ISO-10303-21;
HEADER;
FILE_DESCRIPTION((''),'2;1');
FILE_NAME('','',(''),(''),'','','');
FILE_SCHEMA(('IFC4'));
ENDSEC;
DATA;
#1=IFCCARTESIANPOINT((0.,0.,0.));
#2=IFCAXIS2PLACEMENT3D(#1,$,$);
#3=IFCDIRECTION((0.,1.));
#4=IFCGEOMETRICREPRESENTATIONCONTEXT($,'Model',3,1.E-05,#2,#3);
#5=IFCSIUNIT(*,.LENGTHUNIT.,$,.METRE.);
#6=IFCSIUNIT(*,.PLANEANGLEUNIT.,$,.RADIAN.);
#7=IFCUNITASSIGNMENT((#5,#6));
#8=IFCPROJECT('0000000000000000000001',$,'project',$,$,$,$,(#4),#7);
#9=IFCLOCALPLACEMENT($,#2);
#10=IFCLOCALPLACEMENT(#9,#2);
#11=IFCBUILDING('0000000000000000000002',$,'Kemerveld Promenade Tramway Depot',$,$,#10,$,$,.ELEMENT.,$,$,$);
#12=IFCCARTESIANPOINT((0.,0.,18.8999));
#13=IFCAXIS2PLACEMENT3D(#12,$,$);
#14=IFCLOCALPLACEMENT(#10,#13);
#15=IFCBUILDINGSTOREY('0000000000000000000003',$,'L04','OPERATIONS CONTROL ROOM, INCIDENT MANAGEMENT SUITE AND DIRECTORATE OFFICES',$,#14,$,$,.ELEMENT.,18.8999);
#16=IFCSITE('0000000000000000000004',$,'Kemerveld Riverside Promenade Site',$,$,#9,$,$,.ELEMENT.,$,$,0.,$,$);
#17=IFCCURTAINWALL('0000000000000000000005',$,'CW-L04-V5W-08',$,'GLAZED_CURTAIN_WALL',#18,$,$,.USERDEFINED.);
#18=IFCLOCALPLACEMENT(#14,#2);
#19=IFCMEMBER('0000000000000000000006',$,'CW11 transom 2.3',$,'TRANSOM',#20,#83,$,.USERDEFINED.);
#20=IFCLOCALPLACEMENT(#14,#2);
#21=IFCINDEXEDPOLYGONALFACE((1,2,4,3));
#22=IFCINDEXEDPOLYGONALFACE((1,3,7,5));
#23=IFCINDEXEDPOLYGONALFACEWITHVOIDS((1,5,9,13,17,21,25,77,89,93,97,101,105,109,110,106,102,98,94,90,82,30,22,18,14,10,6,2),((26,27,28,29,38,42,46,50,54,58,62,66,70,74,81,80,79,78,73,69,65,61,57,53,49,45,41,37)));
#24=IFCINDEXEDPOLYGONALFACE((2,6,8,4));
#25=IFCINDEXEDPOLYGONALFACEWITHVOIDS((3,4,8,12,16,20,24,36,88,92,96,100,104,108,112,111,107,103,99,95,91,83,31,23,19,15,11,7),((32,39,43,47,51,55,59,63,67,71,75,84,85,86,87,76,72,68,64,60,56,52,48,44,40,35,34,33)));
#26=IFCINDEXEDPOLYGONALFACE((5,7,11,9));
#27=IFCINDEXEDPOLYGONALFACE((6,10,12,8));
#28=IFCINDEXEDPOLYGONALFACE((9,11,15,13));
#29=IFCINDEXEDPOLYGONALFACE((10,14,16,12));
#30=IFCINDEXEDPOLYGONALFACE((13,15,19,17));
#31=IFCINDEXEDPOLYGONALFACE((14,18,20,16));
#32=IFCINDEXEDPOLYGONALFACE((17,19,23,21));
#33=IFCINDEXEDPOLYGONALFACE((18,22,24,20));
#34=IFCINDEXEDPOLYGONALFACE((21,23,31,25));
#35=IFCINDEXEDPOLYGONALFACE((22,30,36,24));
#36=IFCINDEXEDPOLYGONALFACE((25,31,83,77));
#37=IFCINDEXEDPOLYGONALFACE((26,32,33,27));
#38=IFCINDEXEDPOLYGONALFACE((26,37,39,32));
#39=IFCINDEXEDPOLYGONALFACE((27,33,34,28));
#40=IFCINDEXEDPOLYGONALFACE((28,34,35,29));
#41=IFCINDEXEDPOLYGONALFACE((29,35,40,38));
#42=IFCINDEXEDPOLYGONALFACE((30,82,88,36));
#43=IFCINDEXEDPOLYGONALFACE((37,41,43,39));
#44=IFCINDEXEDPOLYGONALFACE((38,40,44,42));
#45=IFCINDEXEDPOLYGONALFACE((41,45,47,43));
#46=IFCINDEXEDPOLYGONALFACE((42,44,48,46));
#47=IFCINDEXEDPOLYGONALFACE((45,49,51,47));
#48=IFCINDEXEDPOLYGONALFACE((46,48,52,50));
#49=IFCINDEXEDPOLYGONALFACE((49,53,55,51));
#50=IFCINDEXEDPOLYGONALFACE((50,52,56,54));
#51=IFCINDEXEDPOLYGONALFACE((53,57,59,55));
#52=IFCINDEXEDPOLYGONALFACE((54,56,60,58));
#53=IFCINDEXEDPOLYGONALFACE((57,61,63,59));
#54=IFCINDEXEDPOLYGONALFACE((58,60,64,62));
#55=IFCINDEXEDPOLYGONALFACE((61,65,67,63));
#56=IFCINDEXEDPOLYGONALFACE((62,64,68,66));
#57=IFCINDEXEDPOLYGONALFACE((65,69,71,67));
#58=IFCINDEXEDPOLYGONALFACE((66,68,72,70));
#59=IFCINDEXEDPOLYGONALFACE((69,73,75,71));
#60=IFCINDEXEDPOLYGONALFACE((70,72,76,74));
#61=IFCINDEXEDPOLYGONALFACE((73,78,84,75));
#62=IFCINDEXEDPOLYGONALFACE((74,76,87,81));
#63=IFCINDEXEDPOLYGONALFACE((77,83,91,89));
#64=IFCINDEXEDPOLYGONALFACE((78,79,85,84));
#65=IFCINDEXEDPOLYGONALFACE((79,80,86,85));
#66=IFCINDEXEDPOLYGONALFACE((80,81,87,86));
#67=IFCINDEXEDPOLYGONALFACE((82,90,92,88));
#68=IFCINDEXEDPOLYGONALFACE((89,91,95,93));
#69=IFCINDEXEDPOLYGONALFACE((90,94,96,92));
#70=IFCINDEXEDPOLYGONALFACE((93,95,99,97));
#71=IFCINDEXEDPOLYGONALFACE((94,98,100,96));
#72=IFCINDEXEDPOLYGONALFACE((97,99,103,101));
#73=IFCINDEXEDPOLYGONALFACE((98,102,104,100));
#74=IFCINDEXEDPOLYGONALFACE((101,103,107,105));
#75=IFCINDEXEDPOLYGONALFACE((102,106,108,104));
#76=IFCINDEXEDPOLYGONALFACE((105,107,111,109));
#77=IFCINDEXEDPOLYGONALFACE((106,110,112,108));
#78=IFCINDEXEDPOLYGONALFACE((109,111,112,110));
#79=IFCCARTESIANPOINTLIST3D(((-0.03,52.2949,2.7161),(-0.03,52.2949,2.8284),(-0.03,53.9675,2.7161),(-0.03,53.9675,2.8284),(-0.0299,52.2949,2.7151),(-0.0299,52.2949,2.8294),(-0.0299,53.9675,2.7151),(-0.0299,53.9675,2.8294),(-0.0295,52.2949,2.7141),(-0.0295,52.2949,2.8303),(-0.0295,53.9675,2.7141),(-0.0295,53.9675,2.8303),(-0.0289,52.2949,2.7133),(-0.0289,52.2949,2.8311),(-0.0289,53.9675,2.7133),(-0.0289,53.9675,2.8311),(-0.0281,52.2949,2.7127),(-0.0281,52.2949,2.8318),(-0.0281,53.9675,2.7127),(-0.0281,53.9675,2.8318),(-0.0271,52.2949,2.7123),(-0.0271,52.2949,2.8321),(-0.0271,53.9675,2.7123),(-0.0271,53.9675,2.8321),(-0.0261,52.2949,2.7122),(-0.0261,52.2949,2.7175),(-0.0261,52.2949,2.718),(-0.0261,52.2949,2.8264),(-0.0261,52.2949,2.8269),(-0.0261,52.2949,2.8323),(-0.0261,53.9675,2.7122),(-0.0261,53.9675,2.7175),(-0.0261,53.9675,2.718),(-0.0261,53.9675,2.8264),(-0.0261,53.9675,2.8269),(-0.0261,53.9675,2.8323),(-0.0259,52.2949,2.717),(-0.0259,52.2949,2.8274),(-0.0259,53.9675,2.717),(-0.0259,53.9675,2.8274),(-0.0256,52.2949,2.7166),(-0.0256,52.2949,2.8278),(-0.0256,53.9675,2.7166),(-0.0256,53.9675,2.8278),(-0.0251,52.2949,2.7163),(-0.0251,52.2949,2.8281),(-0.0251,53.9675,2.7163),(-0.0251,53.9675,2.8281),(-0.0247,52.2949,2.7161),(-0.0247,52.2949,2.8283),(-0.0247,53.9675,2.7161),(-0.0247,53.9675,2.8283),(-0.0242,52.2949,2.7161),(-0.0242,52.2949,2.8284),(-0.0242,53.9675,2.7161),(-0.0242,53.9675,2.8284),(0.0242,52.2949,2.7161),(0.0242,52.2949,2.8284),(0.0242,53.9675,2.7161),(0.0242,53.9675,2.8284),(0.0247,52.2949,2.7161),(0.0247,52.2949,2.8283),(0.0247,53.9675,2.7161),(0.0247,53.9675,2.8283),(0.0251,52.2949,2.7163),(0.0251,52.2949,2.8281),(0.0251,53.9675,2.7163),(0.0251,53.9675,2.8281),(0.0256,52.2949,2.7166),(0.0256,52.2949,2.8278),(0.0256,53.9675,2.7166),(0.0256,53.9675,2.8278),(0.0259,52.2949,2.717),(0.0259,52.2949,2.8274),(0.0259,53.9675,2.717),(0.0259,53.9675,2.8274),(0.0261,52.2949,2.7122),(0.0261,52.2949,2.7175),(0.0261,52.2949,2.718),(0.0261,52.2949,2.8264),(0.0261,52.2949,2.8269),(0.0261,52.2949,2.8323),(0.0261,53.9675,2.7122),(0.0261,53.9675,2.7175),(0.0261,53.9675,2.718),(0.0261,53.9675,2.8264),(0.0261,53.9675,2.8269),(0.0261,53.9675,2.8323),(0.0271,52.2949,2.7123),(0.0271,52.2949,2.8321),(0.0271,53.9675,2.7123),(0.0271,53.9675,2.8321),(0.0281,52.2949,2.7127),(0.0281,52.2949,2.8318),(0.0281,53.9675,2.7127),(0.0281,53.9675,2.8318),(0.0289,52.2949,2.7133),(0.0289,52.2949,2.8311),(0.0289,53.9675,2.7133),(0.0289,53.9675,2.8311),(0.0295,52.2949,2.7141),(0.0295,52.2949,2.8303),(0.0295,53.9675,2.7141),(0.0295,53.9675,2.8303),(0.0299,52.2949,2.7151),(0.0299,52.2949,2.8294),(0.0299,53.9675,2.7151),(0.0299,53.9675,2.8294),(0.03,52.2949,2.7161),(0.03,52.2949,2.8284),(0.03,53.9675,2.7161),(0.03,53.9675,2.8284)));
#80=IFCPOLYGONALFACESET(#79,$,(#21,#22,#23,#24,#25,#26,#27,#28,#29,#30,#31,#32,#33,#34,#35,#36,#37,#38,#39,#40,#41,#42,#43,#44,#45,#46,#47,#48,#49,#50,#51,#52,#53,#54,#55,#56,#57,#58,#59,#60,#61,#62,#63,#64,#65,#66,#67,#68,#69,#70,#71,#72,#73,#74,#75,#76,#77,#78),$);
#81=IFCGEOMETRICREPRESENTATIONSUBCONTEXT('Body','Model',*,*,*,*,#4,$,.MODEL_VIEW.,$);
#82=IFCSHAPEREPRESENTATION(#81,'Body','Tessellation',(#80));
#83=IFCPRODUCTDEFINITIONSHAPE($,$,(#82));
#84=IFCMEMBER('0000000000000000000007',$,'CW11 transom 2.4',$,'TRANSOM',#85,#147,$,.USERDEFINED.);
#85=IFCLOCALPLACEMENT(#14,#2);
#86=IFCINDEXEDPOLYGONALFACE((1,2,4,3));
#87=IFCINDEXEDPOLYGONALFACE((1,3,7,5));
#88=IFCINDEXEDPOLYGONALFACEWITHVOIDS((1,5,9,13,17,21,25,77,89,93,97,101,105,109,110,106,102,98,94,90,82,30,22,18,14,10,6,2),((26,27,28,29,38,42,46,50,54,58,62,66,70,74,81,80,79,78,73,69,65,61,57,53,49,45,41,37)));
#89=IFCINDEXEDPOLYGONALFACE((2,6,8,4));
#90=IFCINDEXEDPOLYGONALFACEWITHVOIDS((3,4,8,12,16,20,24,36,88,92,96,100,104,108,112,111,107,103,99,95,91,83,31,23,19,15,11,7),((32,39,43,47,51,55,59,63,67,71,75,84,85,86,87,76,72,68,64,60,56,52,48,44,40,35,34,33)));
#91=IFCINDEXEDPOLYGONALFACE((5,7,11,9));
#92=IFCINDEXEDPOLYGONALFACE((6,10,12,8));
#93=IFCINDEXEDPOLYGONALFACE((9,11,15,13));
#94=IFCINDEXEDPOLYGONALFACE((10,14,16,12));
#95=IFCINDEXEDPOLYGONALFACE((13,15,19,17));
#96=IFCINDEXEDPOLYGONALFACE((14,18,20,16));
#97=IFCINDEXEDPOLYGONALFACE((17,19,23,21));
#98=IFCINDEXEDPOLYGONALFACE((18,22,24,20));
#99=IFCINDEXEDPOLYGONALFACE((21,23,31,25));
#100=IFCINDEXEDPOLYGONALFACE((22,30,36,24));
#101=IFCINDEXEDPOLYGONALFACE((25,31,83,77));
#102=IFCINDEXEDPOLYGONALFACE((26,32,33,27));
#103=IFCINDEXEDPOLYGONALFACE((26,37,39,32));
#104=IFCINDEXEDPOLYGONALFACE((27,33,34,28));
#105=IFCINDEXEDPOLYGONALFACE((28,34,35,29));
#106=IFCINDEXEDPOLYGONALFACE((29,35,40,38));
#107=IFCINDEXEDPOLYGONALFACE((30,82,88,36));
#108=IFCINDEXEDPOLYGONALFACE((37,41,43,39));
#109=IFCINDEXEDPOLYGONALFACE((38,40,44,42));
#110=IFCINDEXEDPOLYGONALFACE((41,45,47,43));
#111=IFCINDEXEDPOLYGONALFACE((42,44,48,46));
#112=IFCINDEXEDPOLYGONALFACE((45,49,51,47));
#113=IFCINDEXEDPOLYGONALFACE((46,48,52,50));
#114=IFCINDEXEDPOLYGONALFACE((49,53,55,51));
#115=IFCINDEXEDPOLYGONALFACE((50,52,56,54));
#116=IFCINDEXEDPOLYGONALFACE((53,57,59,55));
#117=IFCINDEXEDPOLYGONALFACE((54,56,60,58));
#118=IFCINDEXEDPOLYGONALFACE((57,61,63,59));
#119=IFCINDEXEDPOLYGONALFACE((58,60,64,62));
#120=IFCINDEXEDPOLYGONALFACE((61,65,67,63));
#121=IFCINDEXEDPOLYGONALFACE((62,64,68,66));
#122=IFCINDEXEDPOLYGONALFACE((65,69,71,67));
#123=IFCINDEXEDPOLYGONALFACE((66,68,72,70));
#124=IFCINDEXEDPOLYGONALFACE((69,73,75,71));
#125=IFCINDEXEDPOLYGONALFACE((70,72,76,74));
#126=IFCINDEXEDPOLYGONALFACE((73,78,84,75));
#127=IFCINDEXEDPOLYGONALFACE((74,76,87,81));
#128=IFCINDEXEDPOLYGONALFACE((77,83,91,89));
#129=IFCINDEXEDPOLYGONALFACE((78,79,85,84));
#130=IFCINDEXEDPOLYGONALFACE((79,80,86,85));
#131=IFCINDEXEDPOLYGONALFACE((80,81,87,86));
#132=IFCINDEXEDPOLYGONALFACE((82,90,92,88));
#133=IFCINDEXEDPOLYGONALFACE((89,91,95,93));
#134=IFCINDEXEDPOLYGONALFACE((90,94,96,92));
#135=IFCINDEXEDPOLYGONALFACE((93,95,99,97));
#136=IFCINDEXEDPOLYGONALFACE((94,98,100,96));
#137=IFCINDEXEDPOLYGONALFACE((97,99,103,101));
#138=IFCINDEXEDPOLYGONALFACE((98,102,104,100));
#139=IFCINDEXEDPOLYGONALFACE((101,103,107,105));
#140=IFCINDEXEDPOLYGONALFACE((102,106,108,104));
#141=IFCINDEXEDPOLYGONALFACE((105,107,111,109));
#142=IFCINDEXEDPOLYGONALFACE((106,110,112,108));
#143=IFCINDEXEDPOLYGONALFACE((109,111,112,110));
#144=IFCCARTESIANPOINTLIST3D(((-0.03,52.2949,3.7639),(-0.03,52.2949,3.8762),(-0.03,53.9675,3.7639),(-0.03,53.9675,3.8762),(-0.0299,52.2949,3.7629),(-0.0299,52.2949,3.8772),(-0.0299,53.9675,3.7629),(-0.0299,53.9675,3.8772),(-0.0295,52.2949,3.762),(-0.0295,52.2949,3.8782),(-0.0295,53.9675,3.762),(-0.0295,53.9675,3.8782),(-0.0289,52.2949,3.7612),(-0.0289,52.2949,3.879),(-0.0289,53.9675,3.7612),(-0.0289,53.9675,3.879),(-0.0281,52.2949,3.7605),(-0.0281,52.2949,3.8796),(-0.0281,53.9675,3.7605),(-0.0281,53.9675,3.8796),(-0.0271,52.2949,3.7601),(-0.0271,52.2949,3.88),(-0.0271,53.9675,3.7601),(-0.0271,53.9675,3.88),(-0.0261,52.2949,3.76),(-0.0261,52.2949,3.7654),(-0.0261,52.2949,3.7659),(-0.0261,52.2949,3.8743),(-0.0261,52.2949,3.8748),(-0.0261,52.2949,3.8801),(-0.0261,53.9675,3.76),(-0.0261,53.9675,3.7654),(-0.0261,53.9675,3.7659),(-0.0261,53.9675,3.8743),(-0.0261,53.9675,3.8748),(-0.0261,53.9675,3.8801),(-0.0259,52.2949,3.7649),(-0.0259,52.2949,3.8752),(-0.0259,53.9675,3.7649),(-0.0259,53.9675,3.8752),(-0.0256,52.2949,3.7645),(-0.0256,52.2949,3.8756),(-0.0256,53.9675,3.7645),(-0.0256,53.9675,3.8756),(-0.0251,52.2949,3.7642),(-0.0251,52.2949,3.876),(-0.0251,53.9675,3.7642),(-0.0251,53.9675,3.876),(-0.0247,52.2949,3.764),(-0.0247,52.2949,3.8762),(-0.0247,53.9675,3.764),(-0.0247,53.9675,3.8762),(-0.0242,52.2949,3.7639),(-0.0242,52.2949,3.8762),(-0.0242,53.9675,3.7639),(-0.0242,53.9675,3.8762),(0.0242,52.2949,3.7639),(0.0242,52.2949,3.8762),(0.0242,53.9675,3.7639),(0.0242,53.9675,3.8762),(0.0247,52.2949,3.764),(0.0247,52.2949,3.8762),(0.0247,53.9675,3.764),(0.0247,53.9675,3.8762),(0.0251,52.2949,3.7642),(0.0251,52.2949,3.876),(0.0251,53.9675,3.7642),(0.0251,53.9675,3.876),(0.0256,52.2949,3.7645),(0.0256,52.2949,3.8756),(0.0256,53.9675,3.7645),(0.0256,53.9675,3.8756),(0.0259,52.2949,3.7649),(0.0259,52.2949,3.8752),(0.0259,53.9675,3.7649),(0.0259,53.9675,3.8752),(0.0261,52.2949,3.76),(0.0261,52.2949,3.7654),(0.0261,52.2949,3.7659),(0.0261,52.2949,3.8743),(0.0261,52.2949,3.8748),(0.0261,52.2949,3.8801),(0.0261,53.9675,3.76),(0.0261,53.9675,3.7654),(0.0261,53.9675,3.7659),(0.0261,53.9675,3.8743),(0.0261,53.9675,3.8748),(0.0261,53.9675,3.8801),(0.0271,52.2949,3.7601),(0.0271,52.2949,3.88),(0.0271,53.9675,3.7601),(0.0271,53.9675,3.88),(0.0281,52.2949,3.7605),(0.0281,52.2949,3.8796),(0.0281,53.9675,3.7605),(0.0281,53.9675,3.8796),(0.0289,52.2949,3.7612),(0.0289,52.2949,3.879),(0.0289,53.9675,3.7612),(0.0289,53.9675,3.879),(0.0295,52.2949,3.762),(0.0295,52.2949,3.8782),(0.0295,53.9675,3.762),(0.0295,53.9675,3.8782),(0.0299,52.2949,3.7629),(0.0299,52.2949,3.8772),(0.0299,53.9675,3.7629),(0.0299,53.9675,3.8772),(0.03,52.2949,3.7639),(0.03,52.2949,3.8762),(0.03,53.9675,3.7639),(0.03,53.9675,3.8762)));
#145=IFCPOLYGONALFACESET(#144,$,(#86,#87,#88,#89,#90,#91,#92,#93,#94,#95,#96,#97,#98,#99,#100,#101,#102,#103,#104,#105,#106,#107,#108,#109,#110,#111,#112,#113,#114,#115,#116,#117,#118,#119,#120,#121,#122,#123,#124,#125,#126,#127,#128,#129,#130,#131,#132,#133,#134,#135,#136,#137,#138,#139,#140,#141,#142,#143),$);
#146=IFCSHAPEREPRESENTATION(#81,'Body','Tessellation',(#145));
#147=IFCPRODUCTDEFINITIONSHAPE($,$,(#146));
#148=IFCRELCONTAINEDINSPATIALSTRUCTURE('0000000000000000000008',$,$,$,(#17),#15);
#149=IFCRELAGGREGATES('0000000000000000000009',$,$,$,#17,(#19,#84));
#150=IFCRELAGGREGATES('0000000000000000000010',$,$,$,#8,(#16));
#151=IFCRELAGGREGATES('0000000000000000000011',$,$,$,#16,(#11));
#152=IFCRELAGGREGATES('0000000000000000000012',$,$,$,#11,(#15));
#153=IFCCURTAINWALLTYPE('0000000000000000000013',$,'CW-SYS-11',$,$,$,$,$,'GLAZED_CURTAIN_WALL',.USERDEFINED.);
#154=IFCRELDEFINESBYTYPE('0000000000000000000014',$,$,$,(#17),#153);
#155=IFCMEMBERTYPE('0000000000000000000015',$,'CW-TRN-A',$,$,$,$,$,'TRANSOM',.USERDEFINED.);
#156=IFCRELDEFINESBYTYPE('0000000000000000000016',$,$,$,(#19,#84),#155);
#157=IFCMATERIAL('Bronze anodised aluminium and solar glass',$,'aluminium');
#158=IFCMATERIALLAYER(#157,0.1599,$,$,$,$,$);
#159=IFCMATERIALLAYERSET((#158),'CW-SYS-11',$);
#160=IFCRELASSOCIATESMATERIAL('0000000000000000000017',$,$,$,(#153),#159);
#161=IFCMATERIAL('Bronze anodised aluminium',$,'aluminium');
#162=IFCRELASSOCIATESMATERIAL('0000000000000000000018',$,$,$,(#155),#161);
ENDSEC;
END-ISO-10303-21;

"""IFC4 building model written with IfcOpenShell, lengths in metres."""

from ifc_helpers import new_model, si_unit, direction, frame, origin, origin_2d, place, context, subcontext, project, spatial, hollow_rectangle, extrude, material, layer, layer_set, material_profile, profile_set, type_object, element, aggregate, save


model = new_model("IFC4")

# Units and contexts
model_context = context("Model", 3, precision=1e-05, world=origin(), true_north=direction((0.0, 1.0)))
body_context = subcontext(model_context, "Body", "Model", "MODEL_VIEW")
ifc_project = project(units=[si_unit("LENGTHUNIT", "METRE"), si_unit("PLANEANGLEUNIT", "RADIAN")], contexts=[model_context])

# Site, building, storey
site_placement = place(None, origin())
site = spatial("IfcSite", under=ifc_project, at=site_placement, Name="Kemerveld Riverside Promenade Site", CompositionType="ELEMENT", RefElevation=0.0)
building_placement = place(site_placement, origin())
building = spatial("IfcBuilding", under=site, at=building_placement, Name="Kemerveld Promenade Tramway Depot", CompositionType="ELEMENT")
storey_placement = place(building_placement, frame((0.0, 0.0, 18.8999)))
storey = spatial("IfcBuildingStorey", under=building, at=storey_placement, Name="L04", Description="OPERATIONS CONTROL ROOM, INCIDENT MANAGEMENT SUITE AND DIRECTORATE OFFICES", CompositionType="ELEMENT", Elevation=18.8999)

# Curtain wall, members
ifc_material_1 = material(Name="Bronze anodised aluminium and solar glass", Category="aluminium")
ifc_layer_1 = layer(ifc_material_1, 0.1599)
ifc_layer_set_1 = layer_set([ifc_layer_1], Name="CW-SYS-11")
curtain_wall_type = type_object("IfcCurtainWallType", Name="CW-SYS-11", ElementType="GLAZED_CURTAIN_WALL", PredefinedType="USERDEFINED", material=ifc_layer_set_1)
curtain_wall_placement = place(storey_placement, origin())
curtain_wall = element("IfcCurtainWall", 1, at=curtain_wall_placement, inside=storey, type_object=curtain_wall_type, Name="CW-L04-V5W-08", ObjectType="GLAZED_CURTAIN_WALL", PredefinedType="USERDEFINED")
ifc_material_2 = material(Name="Bronze anodised aluminium", Category="aluminium")
ifc_material_profile_1 = material_profile(ifc_material_2, hollow_rectangle(XDim=0.0601, YDim=0.1201, WallThickness=0.0039, InnerFilletRadius=0.002, OuterFilletRadius=0.0039, at=origin_2d()), Name="CW-TRN-120x60")
ifc_profile_set_1 = profile_set([ifc_material_profile_1], Name="Bronze anodised aluminium")
member_type_1 = type_object("IfcMemberType", Name="CW-TRN-A", ElementType="TRANSOM", PredefinedType="USERDEFINED", material=ifc_profile_set_1)
member_1_placement = place(storey_placement, frame((0.0, 52.2949, 2.7722), z_axis=(0.0, 1.0, 0.0), x_axis=(-1.0, 0.0, 0.0)))
member_1 = element("IfcMember", 2, at=member_1_placement, type_object=member_type_1, Name="CW11 transom 2.3", ObjectType="TRANSOM", PredefinedType="USERDEFINED", context=body_context, shape_type="SweptSolid", body=[
    extrude(hollow_rectangle(XDim=0.0601, YDim=0.1201, WallThickness=0.0039, InnerFilletRadius=0.002, OuterFilletRadius=0.0039, at=origin_2d()), origin(), (0.0, 0.0, 1.0), 1.6726),
])
member_2_placement = place(storey_placement, frame((0.0, 52.2949, 3.8201), z_axis=(0.0, 1.0, 0.0), x_axis=(-1.0, 0.0, 0.0)))
member_2 = element("IfcMember", 3, at=member_2_placement, type_object=member_type_1, Name="CW11 transom 2.4", ObjectType="TRANSOM", PredefinedType="USERDEFINED", context=body_context, shape_type="SweptSolid", body=[
    extrude(hollow_rectangle(XDim=0.0601, YDim=0.1201, WallThickness=0.0039, InnerFilletRadius=0.002, OuterFilletRadius=0.0039, at=origin_2d()), origin(), (0.0, 0.0, 1.0), 1.6726),
])
aggregate(curtain_wall, [member_1, member_2])

save(model, "model.ifc")
